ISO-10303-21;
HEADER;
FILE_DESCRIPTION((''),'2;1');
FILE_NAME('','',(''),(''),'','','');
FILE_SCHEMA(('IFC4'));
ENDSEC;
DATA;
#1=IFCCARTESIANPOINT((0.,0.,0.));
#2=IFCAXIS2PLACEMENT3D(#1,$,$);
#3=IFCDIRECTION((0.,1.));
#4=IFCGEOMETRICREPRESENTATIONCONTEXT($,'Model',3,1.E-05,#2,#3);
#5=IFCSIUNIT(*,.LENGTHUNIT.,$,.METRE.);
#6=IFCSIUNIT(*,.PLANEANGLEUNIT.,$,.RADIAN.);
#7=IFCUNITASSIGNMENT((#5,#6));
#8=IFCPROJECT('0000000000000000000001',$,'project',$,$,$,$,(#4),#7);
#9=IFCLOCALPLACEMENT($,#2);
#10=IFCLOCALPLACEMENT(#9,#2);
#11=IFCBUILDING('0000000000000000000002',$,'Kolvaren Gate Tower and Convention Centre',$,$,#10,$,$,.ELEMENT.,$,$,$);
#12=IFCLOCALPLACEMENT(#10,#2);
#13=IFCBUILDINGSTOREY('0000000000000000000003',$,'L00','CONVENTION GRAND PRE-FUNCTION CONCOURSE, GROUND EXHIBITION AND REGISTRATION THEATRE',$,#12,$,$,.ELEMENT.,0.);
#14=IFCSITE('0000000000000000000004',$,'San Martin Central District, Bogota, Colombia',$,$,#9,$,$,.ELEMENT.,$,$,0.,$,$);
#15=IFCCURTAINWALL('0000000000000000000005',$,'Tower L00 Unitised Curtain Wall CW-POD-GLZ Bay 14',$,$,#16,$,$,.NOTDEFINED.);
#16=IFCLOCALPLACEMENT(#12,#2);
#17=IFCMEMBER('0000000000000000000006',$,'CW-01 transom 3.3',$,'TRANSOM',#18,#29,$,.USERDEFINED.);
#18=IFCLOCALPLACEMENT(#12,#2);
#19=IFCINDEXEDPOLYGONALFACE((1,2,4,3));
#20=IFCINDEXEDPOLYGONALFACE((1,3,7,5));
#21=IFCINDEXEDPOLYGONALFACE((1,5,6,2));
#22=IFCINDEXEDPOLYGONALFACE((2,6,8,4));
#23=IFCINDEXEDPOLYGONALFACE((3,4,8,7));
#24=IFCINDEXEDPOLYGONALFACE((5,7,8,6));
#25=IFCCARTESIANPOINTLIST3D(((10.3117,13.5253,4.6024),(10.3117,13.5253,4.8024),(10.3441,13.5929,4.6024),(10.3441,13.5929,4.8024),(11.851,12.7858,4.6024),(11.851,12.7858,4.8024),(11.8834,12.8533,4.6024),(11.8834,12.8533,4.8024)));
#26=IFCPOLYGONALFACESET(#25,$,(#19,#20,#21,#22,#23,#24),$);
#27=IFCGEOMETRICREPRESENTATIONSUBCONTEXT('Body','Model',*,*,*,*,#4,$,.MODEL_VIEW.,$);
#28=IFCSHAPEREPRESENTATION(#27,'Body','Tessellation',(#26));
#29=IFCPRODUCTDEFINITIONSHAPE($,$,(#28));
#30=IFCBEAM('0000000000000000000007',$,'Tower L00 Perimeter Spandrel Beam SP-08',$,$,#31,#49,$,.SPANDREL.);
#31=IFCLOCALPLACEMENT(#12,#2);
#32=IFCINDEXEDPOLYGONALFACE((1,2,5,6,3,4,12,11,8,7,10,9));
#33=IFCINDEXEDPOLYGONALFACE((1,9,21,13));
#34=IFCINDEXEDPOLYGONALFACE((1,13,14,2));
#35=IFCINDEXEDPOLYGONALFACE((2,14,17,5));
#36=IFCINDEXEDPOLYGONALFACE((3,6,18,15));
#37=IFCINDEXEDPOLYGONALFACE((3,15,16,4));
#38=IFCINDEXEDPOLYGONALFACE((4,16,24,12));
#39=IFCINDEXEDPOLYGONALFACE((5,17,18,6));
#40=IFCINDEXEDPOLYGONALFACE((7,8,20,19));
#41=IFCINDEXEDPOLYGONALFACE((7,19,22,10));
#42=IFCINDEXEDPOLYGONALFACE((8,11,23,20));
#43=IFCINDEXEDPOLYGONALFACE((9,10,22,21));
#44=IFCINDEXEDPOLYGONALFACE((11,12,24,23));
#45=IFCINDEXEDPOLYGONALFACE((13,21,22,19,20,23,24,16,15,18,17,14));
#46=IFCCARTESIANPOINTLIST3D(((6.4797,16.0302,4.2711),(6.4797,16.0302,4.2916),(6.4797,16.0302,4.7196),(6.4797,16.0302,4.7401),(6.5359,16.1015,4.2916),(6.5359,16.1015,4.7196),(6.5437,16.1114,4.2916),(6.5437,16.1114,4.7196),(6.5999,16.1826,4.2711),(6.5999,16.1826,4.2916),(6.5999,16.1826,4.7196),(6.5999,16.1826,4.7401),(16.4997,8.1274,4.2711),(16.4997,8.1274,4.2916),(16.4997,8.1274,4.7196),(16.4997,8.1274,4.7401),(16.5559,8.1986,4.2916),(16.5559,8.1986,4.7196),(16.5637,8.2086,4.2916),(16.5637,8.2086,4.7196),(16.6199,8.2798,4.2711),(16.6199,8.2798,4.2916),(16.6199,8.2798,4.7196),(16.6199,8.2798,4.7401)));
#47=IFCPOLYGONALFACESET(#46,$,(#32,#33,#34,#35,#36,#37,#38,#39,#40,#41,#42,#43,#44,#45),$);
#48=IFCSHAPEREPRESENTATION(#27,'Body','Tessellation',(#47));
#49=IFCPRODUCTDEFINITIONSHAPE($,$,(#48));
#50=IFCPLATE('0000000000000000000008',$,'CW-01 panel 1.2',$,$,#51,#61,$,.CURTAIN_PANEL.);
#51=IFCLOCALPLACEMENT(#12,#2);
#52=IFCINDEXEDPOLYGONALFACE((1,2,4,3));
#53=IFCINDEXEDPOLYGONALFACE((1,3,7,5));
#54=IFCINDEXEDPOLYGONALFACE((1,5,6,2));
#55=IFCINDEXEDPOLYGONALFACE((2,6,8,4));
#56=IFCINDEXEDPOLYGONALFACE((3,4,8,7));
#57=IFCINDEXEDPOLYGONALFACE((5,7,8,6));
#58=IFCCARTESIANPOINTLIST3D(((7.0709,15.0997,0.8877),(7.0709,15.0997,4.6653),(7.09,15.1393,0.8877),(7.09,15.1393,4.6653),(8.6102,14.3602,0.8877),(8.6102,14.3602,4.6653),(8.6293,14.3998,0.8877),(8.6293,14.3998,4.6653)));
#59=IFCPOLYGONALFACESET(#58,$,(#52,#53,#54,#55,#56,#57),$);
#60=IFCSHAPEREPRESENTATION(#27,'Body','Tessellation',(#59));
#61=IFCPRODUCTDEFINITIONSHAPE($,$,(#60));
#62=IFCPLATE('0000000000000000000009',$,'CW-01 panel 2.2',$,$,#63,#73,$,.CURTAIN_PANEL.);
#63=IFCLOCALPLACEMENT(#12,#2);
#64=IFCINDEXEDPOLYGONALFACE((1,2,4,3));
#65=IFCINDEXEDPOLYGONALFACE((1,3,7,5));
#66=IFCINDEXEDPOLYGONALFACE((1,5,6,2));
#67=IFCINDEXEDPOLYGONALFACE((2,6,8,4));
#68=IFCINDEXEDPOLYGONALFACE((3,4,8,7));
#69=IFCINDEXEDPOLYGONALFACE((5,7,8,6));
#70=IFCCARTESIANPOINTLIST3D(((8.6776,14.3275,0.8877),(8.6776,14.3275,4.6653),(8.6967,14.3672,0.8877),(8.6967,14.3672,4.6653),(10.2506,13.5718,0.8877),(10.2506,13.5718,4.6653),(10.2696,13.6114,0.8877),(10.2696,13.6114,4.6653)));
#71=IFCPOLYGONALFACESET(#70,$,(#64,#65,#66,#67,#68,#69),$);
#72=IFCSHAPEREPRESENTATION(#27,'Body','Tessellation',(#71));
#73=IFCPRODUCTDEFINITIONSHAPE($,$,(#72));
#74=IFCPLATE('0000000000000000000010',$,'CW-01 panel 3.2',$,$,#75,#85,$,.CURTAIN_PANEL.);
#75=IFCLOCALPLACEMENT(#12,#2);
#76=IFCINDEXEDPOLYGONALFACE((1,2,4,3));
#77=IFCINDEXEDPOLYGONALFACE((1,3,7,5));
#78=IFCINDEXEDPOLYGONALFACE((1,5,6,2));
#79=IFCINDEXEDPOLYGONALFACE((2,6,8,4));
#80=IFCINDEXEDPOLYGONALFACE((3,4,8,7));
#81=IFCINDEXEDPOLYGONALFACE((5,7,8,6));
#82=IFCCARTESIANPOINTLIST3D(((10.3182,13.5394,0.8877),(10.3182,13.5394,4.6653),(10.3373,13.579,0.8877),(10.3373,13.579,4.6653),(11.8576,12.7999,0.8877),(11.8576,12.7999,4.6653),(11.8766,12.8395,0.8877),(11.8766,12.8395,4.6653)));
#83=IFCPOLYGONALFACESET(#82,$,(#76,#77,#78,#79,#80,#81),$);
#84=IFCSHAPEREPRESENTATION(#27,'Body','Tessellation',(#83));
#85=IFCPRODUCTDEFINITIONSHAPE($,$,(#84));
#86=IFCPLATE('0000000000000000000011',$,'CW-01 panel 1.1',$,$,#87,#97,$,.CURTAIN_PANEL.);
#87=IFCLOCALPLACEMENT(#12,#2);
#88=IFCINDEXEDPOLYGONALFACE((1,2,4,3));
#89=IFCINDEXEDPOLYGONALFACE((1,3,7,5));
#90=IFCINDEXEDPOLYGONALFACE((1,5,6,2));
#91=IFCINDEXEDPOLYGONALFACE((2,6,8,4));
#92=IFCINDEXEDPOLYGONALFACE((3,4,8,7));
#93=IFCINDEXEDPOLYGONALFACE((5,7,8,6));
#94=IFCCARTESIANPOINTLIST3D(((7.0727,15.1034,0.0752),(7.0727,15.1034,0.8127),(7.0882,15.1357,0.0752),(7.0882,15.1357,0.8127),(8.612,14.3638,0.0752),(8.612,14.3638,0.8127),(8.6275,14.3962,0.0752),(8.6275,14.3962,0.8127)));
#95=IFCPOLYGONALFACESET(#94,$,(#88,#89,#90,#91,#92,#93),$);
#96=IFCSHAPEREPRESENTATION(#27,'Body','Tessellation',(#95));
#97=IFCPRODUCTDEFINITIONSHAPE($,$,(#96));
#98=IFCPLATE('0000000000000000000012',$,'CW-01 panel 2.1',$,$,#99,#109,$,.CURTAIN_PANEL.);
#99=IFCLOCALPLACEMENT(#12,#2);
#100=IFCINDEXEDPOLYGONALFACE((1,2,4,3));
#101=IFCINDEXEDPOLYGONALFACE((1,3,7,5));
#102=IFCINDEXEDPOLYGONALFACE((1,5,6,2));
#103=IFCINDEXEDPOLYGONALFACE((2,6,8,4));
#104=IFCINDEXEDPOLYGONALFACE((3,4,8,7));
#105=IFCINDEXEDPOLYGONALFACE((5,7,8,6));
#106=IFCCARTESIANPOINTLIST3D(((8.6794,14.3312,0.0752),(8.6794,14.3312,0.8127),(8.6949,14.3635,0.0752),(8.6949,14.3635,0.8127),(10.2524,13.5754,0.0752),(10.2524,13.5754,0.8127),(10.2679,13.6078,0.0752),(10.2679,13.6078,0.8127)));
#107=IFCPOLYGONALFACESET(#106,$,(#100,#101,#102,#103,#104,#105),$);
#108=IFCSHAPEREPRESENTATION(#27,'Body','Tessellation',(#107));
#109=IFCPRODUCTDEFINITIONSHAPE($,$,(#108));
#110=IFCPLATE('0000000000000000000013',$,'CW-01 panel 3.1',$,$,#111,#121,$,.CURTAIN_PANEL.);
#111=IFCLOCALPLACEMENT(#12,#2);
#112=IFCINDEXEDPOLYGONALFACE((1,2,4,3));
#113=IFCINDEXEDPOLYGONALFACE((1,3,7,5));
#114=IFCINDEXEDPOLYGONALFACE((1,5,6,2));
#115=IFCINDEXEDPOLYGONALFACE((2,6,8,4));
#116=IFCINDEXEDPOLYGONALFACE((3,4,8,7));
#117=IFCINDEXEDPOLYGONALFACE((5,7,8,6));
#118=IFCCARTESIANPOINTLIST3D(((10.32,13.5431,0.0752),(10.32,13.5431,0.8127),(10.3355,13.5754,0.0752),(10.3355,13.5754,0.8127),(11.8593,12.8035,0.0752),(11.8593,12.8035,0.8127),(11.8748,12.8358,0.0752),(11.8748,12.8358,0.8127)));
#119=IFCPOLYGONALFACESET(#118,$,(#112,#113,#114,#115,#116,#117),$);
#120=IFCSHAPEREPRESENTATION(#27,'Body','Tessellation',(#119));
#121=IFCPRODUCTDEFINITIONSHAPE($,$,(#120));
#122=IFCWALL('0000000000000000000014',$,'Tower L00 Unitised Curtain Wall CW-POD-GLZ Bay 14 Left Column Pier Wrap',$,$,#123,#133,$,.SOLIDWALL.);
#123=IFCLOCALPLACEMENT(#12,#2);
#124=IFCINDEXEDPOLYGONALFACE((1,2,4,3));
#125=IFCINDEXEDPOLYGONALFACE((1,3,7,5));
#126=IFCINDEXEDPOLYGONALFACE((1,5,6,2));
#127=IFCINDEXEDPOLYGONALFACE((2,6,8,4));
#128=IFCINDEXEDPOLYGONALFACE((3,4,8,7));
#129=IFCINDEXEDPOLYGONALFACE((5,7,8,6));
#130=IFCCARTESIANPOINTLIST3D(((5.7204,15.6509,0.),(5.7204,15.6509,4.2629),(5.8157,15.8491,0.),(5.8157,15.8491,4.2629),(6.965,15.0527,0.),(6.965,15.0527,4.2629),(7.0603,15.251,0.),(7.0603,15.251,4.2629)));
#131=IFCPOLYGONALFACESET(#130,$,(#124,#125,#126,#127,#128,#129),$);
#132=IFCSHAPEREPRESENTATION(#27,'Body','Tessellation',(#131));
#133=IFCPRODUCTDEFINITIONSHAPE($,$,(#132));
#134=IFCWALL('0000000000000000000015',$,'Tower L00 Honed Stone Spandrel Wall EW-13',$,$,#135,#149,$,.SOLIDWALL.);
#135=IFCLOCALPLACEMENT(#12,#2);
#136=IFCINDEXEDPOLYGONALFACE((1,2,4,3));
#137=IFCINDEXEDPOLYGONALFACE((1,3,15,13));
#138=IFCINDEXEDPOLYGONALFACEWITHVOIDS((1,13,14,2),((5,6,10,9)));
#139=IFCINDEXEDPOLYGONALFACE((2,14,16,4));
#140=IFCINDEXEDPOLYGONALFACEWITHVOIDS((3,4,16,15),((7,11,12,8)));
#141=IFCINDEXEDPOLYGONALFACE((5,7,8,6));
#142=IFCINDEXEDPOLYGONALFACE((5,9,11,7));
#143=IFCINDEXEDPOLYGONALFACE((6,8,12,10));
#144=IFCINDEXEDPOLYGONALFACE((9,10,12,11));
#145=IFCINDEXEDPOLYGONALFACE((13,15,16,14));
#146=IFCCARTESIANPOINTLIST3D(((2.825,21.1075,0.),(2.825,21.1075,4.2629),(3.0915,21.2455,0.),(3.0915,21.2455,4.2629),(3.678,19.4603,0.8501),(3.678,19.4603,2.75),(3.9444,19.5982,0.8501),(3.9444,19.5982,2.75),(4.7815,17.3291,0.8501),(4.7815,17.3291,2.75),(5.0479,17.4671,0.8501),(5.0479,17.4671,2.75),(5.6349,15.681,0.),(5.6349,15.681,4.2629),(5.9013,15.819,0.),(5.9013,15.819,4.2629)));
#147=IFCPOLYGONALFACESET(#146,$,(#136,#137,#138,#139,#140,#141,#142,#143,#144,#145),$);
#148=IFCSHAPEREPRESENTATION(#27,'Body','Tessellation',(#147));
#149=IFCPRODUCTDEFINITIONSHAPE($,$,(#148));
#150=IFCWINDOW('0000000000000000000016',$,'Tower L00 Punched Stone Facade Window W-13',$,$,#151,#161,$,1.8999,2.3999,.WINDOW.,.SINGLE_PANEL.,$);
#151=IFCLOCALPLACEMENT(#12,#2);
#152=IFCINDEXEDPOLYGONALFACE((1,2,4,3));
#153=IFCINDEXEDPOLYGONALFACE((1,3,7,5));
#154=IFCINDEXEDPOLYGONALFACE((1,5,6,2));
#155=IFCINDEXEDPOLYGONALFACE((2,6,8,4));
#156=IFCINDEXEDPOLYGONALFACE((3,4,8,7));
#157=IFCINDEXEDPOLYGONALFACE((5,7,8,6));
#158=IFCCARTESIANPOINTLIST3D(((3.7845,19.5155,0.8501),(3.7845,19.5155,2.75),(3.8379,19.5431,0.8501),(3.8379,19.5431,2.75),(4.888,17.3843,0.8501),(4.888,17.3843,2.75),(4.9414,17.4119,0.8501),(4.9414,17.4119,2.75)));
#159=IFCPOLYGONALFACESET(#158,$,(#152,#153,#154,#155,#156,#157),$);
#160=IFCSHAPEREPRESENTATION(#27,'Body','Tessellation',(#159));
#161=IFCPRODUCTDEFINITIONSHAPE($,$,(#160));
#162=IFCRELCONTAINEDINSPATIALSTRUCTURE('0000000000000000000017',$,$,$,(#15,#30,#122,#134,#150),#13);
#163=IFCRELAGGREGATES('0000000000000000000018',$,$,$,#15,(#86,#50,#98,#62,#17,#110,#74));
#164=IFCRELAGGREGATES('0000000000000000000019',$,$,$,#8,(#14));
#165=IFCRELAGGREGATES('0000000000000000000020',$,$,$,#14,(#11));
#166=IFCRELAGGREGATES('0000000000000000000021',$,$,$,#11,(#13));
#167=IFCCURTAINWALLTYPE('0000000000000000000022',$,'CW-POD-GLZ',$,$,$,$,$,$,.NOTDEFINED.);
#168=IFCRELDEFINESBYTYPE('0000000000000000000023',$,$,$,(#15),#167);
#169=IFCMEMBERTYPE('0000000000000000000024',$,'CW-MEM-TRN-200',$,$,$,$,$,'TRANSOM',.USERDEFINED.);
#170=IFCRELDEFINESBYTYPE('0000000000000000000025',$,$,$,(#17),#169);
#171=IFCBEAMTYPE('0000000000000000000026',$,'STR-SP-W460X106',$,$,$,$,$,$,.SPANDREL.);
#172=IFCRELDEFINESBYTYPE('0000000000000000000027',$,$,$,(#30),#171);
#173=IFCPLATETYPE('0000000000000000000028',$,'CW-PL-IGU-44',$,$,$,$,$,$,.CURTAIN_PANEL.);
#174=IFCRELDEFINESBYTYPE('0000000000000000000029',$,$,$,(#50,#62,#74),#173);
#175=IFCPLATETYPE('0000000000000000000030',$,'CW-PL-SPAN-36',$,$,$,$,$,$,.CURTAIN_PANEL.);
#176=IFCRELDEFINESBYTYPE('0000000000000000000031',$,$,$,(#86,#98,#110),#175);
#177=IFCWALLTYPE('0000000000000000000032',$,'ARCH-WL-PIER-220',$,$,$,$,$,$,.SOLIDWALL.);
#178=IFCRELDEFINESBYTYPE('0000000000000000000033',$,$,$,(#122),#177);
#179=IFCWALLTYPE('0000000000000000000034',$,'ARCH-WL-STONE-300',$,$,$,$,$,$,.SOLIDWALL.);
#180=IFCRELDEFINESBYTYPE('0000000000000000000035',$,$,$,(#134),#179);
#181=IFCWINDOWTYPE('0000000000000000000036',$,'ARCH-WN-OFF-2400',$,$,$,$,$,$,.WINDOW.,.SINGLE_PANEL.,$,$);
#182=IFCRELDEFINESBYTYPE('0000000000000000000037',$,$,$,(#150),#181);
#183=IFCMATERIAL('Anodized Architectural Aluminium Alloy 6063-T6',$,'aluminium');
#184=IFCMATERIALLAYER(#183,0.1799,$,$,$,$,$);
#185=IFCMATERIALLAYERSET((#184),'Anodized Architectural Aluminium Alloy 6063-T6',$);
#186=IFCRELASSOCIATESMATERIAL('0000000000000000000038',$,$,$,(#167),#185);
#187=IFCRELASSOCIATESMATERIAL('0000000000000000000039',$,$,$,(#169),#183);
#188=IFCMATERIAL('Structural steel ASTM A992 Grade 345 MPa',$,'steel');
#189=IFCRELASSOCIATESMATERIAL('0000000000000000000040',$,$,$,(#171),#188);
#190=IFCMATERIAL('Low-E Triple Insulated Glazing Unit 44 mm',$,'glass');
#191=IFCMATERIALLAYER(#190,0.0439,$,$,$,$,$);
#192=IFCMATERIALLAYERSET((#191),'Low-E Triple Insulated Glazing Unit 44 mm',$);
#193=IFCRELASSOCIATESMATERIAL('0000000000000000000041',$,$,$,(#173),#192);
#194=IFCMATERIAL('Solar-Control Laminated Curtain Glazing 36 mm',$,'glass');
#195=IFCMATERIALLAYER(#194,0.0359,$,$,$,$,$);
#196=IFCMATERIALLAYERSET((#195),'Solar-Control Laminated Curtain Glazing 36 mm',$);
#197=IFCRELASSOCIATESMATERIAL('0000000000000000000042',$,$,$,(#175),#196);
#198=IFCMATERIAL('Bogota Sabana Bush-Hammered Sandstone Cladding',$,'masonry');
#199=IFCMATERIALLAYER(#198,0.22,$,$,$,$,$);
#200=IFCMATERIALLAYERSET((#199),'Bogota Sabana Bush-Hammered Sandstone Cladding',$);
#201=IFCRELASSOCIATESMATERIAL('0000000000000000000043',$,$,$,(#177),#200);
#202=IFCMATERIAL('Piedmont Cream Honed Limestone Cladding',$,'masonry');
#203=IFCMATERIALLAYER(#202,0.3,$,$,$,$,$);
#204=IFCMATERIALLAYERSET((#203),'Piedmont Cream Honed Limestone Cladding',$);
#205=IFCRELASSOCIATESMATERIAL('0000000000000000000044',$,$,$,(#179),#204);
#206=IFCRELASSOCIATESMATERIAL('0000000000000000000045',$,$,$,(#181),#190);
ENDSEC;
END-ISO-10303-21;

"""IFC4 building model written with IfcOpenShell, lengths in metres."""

from ifc_helpers import new_model, si_unit, direction, frame, frame_2d, origin, origin_2d, place, context, subcontext, project, spatial, rectangle, i_section, extrude, material, layer, layer_set, material_profile, profile_set, type_object, element, fill, aggregate, save


model = new_model("IFC4")

# Units and contexts
model_context = context("Model", 3, precision=1e-05, world=origin(), true_north=direction((0.0, 1.0)))
body_context = subcontext(model_context, "Body", "Model", "MODEL_VIEW")
ifc_project = project(units=[si_unit("LENGTHUNIT", "METRE"), si_unit("PLANEANGLEUNIT", "RADIAN")], contexts=[model_context])

# Site, building, storey
site_placement = place(None, origin())
site = spatial("IfcSite", under=ifc_project, at=site_placement, Name="San Martin Central District, Bogota, Colombia", CompositionType="ELEMENT", RefElevation=0.0)
building_placement = place(site_placement, origin())
building = spatial("IfcBuilding", under=site, at=building_placement, Name="Kolvaren Gate Tower and Convention Centre", CompositionType="ELEMENT")
storey_placement = place(building_placement, origin())
storey = spatial("IfcBuildingStorey", under=building, at=storey_placement, Name="L00", Description="CONVENTION GRAND PRE-FUNCTION CONCOURSE, GROUND EXHIBITION AND REGISTRATION THEATRE", CompositionType="ELEMENT", Elevation=0.0)

# Curtain wall
ifc_material_1 = material(Name="Anodized Architectural Aluminium Alloy 6063-T6", Category="aluminium")
ifc_layer_1 = layer(ifc_material_1, 0.1799)
ifc_layer_set_1 = layer_set([ifc_layer_1], Name="Anodized Architectural Aluminium Alloy 6063-T6")
curtain_wall_type = type_object("IfcCurtainWallType", Name="CW-POD-GLZ", PredefinedType="NOTDEFINED", material=ifc_layer_set_1)
curtain_wall_1_placement = place(storey_placement, origin())
curtain_wall_1 = element("IfcCurtainWall", 1, at=curtain_wall_1_placement, inside=storey, type_object=curtain_wall_type, Name="Tower L00 Unitised Curtain Wall CW-POD-GLZ Bay 14", PredefinedType="NOTDEFINED")

# Member
ifc_material_profile_1 = material_profile(ifc_material_1, rectangle(XDim=0.075, YDim=0.2, at=origin_2d()), Name="CW-MEM-TRN-200")
ifc_profile_set_1 = profile_set([ifc_material_profile_1], Name="Anodized Architectural Aluminium Alloy 6063-T6")
member_type_1 = type_object("IfcMemberType", Name="CW-MEM-TRN-200", ElementType="TRANSOM", PredefinedType="USERDEFINED", material=ifc_profile_set_1)
member_1_placement = place(storey_placement, frame((10.3279, 13.5591, 4.7024), z_axis=(0.901378, -0.433033, 0.0), x_axis=(0.433033, 0.901378, 0.0)))
member_1 = element("IfcMember", 2, at=member_1_placement, type_object=member_type_1, Name="CW-01 transom 3.3", ObjectType="TRANSOM", PredefinedType="USERDEFINED", context=body_context, shape_type="SweptSolid", body=[
    extrude(rectangle(XDim=0.075, YDim=0.2, at=origin_2d()), origin(), (0.0, 0.0, 1.0), 1.7078),
])

# Beam
ifc_material_2 = material(Name="Structural steel ASTM A992 Grade 345 MPa", Category="steel")
ifc_material_profile_2 = material_profile(ifc_material_2, i_section(OverallWidth=0.1941, OverallDepth=0.469, WebThickness=0.0127, FlangeThickness=0.0205, at=origin_2d()), Name="W460X106")
ifc_profile_set_2 = profile_set([ifc_material_profile_2], Name="Structural steel ASTM A992 Grade 345 MPa")
beam_type = type_object("IfcBeamType", Name="STR-SP-W460X106", PredefinedType="SPANDREL", material=ifc_profile_set_2)
beam_placement = place(storey_placement, frame((6.5398, 16.1064, 4.5056), z_axis=(0.785176, -0.619272, 0.0), x_axis=(0.619272, 0.785176, 0.0)))
element("IfcBeam", 3, at=beam_placement, inside=storey, type_object=beam_type, Name="Tower L00 Perimeter Spandrel Beam SP-08", PredefinedType="SPANDREL", context=body_context, shape_type="SweptSolid", body=[
    extrude(i_section(OverallWidth=0.1941, OverallDepth=0.469, WebThickness=0.0127, FlangeThickness=0.0205, at=origin_2d()), origin(), (0.0, 0.0, 1.0), 12.7615),
])

# Plates
ifc_material_3 = material(Name="Low-E Triple Insulated Glazing Unit 44 mm", Category="glass")
ifc_layer_2 = layer(ifc_material_3, 0.0439)
ifc_layer_set_2 = layer_set([ifc_layer_2], Name="Low-E Triple Insulated Glazing Unit 44 mm")
plate_type_1 = type_object("IfcPlateType", Name="CW-PL-IGU-44", PredefinedType="CURTAIN_PANEL", material=ifc_layer_set_2)
plate_1_placement = place(storey_placement, frame((7.8501, 14.7498, 0.8877), z_axis=(0.0, 0.0, 1.0), x_axis=(0.901367, -0.433057, 0.0)))
plate_1 = element("IfcPlate", 4, at=plate_1_placement, type_object=plate_type_1, Name="CW-01 panel 1.2", PredefinedType="CURTAIN_PANEL", context=body_context, shape_type="SweptSolid", body=[
    extrude(rectangle(XDim=1.7078, YDim=0.0439, at=origin_2d()), origin(), (0.0, 0.0, 1.0), 3.7776),
])
plate_2_placement = place(storey_placement, frame((9.4736, 13.9695, 0.8877), z_axis=(0.0, 0.0, 1.0), x_axis=(0.901367, -0.433057, 0.0)))
plate_2 = element("IfcPlate", 5, at=plate_2_placement, type_object=plate_type_1, Name="CW-01 panel 2.2", PredefinedType="CURTAIN_PANEL", context=body_context, shape_type="SweptSolid", body=[
    extrude(rectangle(XDim=1.7451, YDim=0.0439, at=origin_2d()), origin(), (0.0, 0.0, 1.0), 3.7776),
])
plate_3_placement = place(storey_placement, frame((11.0974, 13.1895, 0.8877), z_axis=(0.0, 0.0, 1.0), x_axis=(0.901367, -0.433057, 0.0)))
plate_3 = element("IfcPlate", 6, at=plate_3_placement, type_object=plate_type_1, Name="CW-01 panel 3.2", PredefinedType="CURTAIN_PANEL", context=body_context, shape_type="SweptSolid", body=[
    extrude(rectangle(XDim=1.7078, YDim=0.0439, at=origin_2d()), origin(), (0.0, 0.0, 1.0), 3.7776),
])
ifc_material_4 = material(Name="Solar-Control Laminated Curtain Glazing 36 mm", Category="glass")
ifc_layer_3 = layer(ifc_material_4, 0.0359)
ifc_layer_set_3 = layer_set([ifc_layer_3], Name="Solar-Control Laminated Curtain Glazing 36 mm")
plate_type_2 = type_object("IfcPlateType", Name="CW-PL-SPAN-36", PredefinedType="CURTAIN_PANEL", material=ifc_layer_set_3)
plate_4_placement = place(storey_placement, frame((7.8501, 14.7498, 0.0752), z_axis=(0.0, 0.0, 1.0), x_axis=(0.901367, -0.433057, 0.0)))
plate_4 = element("IfcPlate", 7, at=plate_4_placement, type_object=plate_type_2, Name="CW-01 panel 1.1", PredefinedType="CURTAIN_PANEL", context=body_context, shape_type="SweptSolid", body=[
    extrude(rectangle(XDim=1.7078, YDim=0.0359, at=origin_2d()), origin(), (0.0, 0.0, 1.0), 0.7375),
])
plate_5_placement = place(storey_placement, frame((9.4736, 13.9695, 0.0752), z_axis=(0.0, 0.0, 1.0), x_axis=(0.901367, -0.433057, 0.0)))
plate_5 = element("IfcPlate", 8, at=plate_5_placement, type_object=plate_type_2, Name="CW-01 panel 2.1", PredefinedType="CURTAIN_PANEL", context=body_context, shape_type="SweptSolid", body=[
    extrude(rectangle(XDim=1.7451, YDim=0.0359, at=origin_2d()), origin(), (0.0, 0.0, 1.0), 0.7375),
])
plate_6_placement = place(storey_placement, frame((11.0974, 13.1895, 0.0752), z_axis=(0.0, 0.0, 1.0), x_axis=(0.901367, -0.433057, 0.0)))
plate_6 = element("IfcPlate", 9, at=plate_6_placement, type_object=plate_type_2, Name="CW-01 panel 3.1", PredefinedType="CURTAIN_PANEL", context=body_context, shape_type="SweptSolid", body=[
    extrude(rectangle(XDim=1.7078, YDim=0.0359, at=origin_2d()), origin(), (0.0, 0.0, 1.0), 0.7375),
])
aggregate(curtain_wall_1, [plate_4, plate_1, plate_5, plate_2, member_1, plate_6, plate_3])

# Wall
ifc_material_5 = material(Name="Bogota Sabana Bush-Hammered Sandstone Cladding", Category="masonry")
ifc_layer_4 = layer(ifc_material_5, 0.22)
ifc_layer_set_4 = layer_set([ifc_layer_4], Name="Bogota Sabana Bush-Hammered Sandstone Cladding")
wall_type_1 = type_object("IfcWallType", Name="ARCH-WL-PIER-220", PredefinedType="SOLIDWALL", material=ifc_layer_set_4)
wall_1_placement = place(storey_placement, frame((5.7681, 15.75, 0.0), z_axis=(0.0, 0.0, 1.0), x_axis=(0.901319, -0.433156, 0.0)))
element("IfcWall", 10, at=wall_1_placement, inside=storey, type_object=wall_type_1, Name="Tower L00 Unitised Curtain Wall CW-POD-GLZ Bay 14 Left Column Pier Wrap", PredefinedType="SOLIDWALL", context=body_context, shape_type="SweptSolid", body=[
    extrude(rectangle(XDim=1.3809, YDim=0.22, at=frame_2d((0.6904, 0.0))), origin(), (0.0, 0.0, 1.0), 4.2629),
])

# Wall, opening, window
ifc_material_6 = material(Name="Piedmont Cream Honed Limestone Cladding", Category="masonry")
ifc_layer_5 = layer(ifc_material_6, 0.3)
ifc_layer_set_5 = layer_set([ifc_layer_5], Name="Piedmont Cream Honed Limestone Cladding")
wall_type_2 = type_object("IfcWallType", Name="ARCH-WL-STONE-300", PredefinedType="SOLIDWALL", material=ifc_layer_set_5)
wall_2_placement = place(storey_placement, frame((2.9583, 21.1765, 0.0), z_axis=(0.0, 0.0, 1.0), x_axis=(0.45981, -0.888017, 0.0)))
wall_2 = element("IfcWall", 11, at=wall_2_placement, inside=storey, type_object=wall_type_2, Name="Tower L00 Honed Stone Spandrel Wall EW-13", PredefinedType="SOLIDWALL", context=body_context, shape_type="SweptSolid", body=[
    extrude(rectangle(XDim=6.1108, YDim=0.3, at=frame_2d((3.0554, 0.0))), origin(), (0.0, 0.0, 1.0), 4.2629),
])
opening_placement = place(wall_2_placement, frame((1.855, 0.0, 0.8501)))
opening = element("IfcOpeningElement", 12, at=opening_placement, cuts=wall_2, PredefinedType="OPENING", context=body_context, shape_type="SweptSolid", body=[
    extrude(rectangle(XDim=2.3999, YDim=1.8999, at=frame_2d((1.2, 0.95))), frame((0.0, 0.1599, 0.0), z_axis=(0.0, -1.0, 0.0), x_axis=(1.0, 0.0, 0.0)), (0.0, 0.0, 1.0), 0.3201),
])
window_type = type_object("IfcWindowType", Name="ARCH-WN-OFF-2400", PartitioningType="SINGLE_PANEL", PredefinedType="WINDOW", material=ifc_material_3)
window_placement = place(opening_placement, origin())
window = element("IfcWindow", 13, at=window_placement, inside=storey, type_object=window_type, Name="Tower L00 Punched Stone Facade Window W-13", OverallHeight=1.8999, OverallWidth=2.3999, PartitioningType="SINGLE_PANEL", PredefinedType="WINDOW", context=body_context, shape_type="SweptSolid", body=[
    extrude(rectangle(XDim=2.3999, YDim=1.8999, at=frame_2d((1.2, 0.95))), frame((0.0, 0.03, 0.0), z_axis=(0.0, -1.0, 0.0), x_axis=(1.0, 0.0, 0.0)), (0.0, 0.0, 1.0), 0.0601),
])
fill(opening, window)

save(model, "model.ifc")
